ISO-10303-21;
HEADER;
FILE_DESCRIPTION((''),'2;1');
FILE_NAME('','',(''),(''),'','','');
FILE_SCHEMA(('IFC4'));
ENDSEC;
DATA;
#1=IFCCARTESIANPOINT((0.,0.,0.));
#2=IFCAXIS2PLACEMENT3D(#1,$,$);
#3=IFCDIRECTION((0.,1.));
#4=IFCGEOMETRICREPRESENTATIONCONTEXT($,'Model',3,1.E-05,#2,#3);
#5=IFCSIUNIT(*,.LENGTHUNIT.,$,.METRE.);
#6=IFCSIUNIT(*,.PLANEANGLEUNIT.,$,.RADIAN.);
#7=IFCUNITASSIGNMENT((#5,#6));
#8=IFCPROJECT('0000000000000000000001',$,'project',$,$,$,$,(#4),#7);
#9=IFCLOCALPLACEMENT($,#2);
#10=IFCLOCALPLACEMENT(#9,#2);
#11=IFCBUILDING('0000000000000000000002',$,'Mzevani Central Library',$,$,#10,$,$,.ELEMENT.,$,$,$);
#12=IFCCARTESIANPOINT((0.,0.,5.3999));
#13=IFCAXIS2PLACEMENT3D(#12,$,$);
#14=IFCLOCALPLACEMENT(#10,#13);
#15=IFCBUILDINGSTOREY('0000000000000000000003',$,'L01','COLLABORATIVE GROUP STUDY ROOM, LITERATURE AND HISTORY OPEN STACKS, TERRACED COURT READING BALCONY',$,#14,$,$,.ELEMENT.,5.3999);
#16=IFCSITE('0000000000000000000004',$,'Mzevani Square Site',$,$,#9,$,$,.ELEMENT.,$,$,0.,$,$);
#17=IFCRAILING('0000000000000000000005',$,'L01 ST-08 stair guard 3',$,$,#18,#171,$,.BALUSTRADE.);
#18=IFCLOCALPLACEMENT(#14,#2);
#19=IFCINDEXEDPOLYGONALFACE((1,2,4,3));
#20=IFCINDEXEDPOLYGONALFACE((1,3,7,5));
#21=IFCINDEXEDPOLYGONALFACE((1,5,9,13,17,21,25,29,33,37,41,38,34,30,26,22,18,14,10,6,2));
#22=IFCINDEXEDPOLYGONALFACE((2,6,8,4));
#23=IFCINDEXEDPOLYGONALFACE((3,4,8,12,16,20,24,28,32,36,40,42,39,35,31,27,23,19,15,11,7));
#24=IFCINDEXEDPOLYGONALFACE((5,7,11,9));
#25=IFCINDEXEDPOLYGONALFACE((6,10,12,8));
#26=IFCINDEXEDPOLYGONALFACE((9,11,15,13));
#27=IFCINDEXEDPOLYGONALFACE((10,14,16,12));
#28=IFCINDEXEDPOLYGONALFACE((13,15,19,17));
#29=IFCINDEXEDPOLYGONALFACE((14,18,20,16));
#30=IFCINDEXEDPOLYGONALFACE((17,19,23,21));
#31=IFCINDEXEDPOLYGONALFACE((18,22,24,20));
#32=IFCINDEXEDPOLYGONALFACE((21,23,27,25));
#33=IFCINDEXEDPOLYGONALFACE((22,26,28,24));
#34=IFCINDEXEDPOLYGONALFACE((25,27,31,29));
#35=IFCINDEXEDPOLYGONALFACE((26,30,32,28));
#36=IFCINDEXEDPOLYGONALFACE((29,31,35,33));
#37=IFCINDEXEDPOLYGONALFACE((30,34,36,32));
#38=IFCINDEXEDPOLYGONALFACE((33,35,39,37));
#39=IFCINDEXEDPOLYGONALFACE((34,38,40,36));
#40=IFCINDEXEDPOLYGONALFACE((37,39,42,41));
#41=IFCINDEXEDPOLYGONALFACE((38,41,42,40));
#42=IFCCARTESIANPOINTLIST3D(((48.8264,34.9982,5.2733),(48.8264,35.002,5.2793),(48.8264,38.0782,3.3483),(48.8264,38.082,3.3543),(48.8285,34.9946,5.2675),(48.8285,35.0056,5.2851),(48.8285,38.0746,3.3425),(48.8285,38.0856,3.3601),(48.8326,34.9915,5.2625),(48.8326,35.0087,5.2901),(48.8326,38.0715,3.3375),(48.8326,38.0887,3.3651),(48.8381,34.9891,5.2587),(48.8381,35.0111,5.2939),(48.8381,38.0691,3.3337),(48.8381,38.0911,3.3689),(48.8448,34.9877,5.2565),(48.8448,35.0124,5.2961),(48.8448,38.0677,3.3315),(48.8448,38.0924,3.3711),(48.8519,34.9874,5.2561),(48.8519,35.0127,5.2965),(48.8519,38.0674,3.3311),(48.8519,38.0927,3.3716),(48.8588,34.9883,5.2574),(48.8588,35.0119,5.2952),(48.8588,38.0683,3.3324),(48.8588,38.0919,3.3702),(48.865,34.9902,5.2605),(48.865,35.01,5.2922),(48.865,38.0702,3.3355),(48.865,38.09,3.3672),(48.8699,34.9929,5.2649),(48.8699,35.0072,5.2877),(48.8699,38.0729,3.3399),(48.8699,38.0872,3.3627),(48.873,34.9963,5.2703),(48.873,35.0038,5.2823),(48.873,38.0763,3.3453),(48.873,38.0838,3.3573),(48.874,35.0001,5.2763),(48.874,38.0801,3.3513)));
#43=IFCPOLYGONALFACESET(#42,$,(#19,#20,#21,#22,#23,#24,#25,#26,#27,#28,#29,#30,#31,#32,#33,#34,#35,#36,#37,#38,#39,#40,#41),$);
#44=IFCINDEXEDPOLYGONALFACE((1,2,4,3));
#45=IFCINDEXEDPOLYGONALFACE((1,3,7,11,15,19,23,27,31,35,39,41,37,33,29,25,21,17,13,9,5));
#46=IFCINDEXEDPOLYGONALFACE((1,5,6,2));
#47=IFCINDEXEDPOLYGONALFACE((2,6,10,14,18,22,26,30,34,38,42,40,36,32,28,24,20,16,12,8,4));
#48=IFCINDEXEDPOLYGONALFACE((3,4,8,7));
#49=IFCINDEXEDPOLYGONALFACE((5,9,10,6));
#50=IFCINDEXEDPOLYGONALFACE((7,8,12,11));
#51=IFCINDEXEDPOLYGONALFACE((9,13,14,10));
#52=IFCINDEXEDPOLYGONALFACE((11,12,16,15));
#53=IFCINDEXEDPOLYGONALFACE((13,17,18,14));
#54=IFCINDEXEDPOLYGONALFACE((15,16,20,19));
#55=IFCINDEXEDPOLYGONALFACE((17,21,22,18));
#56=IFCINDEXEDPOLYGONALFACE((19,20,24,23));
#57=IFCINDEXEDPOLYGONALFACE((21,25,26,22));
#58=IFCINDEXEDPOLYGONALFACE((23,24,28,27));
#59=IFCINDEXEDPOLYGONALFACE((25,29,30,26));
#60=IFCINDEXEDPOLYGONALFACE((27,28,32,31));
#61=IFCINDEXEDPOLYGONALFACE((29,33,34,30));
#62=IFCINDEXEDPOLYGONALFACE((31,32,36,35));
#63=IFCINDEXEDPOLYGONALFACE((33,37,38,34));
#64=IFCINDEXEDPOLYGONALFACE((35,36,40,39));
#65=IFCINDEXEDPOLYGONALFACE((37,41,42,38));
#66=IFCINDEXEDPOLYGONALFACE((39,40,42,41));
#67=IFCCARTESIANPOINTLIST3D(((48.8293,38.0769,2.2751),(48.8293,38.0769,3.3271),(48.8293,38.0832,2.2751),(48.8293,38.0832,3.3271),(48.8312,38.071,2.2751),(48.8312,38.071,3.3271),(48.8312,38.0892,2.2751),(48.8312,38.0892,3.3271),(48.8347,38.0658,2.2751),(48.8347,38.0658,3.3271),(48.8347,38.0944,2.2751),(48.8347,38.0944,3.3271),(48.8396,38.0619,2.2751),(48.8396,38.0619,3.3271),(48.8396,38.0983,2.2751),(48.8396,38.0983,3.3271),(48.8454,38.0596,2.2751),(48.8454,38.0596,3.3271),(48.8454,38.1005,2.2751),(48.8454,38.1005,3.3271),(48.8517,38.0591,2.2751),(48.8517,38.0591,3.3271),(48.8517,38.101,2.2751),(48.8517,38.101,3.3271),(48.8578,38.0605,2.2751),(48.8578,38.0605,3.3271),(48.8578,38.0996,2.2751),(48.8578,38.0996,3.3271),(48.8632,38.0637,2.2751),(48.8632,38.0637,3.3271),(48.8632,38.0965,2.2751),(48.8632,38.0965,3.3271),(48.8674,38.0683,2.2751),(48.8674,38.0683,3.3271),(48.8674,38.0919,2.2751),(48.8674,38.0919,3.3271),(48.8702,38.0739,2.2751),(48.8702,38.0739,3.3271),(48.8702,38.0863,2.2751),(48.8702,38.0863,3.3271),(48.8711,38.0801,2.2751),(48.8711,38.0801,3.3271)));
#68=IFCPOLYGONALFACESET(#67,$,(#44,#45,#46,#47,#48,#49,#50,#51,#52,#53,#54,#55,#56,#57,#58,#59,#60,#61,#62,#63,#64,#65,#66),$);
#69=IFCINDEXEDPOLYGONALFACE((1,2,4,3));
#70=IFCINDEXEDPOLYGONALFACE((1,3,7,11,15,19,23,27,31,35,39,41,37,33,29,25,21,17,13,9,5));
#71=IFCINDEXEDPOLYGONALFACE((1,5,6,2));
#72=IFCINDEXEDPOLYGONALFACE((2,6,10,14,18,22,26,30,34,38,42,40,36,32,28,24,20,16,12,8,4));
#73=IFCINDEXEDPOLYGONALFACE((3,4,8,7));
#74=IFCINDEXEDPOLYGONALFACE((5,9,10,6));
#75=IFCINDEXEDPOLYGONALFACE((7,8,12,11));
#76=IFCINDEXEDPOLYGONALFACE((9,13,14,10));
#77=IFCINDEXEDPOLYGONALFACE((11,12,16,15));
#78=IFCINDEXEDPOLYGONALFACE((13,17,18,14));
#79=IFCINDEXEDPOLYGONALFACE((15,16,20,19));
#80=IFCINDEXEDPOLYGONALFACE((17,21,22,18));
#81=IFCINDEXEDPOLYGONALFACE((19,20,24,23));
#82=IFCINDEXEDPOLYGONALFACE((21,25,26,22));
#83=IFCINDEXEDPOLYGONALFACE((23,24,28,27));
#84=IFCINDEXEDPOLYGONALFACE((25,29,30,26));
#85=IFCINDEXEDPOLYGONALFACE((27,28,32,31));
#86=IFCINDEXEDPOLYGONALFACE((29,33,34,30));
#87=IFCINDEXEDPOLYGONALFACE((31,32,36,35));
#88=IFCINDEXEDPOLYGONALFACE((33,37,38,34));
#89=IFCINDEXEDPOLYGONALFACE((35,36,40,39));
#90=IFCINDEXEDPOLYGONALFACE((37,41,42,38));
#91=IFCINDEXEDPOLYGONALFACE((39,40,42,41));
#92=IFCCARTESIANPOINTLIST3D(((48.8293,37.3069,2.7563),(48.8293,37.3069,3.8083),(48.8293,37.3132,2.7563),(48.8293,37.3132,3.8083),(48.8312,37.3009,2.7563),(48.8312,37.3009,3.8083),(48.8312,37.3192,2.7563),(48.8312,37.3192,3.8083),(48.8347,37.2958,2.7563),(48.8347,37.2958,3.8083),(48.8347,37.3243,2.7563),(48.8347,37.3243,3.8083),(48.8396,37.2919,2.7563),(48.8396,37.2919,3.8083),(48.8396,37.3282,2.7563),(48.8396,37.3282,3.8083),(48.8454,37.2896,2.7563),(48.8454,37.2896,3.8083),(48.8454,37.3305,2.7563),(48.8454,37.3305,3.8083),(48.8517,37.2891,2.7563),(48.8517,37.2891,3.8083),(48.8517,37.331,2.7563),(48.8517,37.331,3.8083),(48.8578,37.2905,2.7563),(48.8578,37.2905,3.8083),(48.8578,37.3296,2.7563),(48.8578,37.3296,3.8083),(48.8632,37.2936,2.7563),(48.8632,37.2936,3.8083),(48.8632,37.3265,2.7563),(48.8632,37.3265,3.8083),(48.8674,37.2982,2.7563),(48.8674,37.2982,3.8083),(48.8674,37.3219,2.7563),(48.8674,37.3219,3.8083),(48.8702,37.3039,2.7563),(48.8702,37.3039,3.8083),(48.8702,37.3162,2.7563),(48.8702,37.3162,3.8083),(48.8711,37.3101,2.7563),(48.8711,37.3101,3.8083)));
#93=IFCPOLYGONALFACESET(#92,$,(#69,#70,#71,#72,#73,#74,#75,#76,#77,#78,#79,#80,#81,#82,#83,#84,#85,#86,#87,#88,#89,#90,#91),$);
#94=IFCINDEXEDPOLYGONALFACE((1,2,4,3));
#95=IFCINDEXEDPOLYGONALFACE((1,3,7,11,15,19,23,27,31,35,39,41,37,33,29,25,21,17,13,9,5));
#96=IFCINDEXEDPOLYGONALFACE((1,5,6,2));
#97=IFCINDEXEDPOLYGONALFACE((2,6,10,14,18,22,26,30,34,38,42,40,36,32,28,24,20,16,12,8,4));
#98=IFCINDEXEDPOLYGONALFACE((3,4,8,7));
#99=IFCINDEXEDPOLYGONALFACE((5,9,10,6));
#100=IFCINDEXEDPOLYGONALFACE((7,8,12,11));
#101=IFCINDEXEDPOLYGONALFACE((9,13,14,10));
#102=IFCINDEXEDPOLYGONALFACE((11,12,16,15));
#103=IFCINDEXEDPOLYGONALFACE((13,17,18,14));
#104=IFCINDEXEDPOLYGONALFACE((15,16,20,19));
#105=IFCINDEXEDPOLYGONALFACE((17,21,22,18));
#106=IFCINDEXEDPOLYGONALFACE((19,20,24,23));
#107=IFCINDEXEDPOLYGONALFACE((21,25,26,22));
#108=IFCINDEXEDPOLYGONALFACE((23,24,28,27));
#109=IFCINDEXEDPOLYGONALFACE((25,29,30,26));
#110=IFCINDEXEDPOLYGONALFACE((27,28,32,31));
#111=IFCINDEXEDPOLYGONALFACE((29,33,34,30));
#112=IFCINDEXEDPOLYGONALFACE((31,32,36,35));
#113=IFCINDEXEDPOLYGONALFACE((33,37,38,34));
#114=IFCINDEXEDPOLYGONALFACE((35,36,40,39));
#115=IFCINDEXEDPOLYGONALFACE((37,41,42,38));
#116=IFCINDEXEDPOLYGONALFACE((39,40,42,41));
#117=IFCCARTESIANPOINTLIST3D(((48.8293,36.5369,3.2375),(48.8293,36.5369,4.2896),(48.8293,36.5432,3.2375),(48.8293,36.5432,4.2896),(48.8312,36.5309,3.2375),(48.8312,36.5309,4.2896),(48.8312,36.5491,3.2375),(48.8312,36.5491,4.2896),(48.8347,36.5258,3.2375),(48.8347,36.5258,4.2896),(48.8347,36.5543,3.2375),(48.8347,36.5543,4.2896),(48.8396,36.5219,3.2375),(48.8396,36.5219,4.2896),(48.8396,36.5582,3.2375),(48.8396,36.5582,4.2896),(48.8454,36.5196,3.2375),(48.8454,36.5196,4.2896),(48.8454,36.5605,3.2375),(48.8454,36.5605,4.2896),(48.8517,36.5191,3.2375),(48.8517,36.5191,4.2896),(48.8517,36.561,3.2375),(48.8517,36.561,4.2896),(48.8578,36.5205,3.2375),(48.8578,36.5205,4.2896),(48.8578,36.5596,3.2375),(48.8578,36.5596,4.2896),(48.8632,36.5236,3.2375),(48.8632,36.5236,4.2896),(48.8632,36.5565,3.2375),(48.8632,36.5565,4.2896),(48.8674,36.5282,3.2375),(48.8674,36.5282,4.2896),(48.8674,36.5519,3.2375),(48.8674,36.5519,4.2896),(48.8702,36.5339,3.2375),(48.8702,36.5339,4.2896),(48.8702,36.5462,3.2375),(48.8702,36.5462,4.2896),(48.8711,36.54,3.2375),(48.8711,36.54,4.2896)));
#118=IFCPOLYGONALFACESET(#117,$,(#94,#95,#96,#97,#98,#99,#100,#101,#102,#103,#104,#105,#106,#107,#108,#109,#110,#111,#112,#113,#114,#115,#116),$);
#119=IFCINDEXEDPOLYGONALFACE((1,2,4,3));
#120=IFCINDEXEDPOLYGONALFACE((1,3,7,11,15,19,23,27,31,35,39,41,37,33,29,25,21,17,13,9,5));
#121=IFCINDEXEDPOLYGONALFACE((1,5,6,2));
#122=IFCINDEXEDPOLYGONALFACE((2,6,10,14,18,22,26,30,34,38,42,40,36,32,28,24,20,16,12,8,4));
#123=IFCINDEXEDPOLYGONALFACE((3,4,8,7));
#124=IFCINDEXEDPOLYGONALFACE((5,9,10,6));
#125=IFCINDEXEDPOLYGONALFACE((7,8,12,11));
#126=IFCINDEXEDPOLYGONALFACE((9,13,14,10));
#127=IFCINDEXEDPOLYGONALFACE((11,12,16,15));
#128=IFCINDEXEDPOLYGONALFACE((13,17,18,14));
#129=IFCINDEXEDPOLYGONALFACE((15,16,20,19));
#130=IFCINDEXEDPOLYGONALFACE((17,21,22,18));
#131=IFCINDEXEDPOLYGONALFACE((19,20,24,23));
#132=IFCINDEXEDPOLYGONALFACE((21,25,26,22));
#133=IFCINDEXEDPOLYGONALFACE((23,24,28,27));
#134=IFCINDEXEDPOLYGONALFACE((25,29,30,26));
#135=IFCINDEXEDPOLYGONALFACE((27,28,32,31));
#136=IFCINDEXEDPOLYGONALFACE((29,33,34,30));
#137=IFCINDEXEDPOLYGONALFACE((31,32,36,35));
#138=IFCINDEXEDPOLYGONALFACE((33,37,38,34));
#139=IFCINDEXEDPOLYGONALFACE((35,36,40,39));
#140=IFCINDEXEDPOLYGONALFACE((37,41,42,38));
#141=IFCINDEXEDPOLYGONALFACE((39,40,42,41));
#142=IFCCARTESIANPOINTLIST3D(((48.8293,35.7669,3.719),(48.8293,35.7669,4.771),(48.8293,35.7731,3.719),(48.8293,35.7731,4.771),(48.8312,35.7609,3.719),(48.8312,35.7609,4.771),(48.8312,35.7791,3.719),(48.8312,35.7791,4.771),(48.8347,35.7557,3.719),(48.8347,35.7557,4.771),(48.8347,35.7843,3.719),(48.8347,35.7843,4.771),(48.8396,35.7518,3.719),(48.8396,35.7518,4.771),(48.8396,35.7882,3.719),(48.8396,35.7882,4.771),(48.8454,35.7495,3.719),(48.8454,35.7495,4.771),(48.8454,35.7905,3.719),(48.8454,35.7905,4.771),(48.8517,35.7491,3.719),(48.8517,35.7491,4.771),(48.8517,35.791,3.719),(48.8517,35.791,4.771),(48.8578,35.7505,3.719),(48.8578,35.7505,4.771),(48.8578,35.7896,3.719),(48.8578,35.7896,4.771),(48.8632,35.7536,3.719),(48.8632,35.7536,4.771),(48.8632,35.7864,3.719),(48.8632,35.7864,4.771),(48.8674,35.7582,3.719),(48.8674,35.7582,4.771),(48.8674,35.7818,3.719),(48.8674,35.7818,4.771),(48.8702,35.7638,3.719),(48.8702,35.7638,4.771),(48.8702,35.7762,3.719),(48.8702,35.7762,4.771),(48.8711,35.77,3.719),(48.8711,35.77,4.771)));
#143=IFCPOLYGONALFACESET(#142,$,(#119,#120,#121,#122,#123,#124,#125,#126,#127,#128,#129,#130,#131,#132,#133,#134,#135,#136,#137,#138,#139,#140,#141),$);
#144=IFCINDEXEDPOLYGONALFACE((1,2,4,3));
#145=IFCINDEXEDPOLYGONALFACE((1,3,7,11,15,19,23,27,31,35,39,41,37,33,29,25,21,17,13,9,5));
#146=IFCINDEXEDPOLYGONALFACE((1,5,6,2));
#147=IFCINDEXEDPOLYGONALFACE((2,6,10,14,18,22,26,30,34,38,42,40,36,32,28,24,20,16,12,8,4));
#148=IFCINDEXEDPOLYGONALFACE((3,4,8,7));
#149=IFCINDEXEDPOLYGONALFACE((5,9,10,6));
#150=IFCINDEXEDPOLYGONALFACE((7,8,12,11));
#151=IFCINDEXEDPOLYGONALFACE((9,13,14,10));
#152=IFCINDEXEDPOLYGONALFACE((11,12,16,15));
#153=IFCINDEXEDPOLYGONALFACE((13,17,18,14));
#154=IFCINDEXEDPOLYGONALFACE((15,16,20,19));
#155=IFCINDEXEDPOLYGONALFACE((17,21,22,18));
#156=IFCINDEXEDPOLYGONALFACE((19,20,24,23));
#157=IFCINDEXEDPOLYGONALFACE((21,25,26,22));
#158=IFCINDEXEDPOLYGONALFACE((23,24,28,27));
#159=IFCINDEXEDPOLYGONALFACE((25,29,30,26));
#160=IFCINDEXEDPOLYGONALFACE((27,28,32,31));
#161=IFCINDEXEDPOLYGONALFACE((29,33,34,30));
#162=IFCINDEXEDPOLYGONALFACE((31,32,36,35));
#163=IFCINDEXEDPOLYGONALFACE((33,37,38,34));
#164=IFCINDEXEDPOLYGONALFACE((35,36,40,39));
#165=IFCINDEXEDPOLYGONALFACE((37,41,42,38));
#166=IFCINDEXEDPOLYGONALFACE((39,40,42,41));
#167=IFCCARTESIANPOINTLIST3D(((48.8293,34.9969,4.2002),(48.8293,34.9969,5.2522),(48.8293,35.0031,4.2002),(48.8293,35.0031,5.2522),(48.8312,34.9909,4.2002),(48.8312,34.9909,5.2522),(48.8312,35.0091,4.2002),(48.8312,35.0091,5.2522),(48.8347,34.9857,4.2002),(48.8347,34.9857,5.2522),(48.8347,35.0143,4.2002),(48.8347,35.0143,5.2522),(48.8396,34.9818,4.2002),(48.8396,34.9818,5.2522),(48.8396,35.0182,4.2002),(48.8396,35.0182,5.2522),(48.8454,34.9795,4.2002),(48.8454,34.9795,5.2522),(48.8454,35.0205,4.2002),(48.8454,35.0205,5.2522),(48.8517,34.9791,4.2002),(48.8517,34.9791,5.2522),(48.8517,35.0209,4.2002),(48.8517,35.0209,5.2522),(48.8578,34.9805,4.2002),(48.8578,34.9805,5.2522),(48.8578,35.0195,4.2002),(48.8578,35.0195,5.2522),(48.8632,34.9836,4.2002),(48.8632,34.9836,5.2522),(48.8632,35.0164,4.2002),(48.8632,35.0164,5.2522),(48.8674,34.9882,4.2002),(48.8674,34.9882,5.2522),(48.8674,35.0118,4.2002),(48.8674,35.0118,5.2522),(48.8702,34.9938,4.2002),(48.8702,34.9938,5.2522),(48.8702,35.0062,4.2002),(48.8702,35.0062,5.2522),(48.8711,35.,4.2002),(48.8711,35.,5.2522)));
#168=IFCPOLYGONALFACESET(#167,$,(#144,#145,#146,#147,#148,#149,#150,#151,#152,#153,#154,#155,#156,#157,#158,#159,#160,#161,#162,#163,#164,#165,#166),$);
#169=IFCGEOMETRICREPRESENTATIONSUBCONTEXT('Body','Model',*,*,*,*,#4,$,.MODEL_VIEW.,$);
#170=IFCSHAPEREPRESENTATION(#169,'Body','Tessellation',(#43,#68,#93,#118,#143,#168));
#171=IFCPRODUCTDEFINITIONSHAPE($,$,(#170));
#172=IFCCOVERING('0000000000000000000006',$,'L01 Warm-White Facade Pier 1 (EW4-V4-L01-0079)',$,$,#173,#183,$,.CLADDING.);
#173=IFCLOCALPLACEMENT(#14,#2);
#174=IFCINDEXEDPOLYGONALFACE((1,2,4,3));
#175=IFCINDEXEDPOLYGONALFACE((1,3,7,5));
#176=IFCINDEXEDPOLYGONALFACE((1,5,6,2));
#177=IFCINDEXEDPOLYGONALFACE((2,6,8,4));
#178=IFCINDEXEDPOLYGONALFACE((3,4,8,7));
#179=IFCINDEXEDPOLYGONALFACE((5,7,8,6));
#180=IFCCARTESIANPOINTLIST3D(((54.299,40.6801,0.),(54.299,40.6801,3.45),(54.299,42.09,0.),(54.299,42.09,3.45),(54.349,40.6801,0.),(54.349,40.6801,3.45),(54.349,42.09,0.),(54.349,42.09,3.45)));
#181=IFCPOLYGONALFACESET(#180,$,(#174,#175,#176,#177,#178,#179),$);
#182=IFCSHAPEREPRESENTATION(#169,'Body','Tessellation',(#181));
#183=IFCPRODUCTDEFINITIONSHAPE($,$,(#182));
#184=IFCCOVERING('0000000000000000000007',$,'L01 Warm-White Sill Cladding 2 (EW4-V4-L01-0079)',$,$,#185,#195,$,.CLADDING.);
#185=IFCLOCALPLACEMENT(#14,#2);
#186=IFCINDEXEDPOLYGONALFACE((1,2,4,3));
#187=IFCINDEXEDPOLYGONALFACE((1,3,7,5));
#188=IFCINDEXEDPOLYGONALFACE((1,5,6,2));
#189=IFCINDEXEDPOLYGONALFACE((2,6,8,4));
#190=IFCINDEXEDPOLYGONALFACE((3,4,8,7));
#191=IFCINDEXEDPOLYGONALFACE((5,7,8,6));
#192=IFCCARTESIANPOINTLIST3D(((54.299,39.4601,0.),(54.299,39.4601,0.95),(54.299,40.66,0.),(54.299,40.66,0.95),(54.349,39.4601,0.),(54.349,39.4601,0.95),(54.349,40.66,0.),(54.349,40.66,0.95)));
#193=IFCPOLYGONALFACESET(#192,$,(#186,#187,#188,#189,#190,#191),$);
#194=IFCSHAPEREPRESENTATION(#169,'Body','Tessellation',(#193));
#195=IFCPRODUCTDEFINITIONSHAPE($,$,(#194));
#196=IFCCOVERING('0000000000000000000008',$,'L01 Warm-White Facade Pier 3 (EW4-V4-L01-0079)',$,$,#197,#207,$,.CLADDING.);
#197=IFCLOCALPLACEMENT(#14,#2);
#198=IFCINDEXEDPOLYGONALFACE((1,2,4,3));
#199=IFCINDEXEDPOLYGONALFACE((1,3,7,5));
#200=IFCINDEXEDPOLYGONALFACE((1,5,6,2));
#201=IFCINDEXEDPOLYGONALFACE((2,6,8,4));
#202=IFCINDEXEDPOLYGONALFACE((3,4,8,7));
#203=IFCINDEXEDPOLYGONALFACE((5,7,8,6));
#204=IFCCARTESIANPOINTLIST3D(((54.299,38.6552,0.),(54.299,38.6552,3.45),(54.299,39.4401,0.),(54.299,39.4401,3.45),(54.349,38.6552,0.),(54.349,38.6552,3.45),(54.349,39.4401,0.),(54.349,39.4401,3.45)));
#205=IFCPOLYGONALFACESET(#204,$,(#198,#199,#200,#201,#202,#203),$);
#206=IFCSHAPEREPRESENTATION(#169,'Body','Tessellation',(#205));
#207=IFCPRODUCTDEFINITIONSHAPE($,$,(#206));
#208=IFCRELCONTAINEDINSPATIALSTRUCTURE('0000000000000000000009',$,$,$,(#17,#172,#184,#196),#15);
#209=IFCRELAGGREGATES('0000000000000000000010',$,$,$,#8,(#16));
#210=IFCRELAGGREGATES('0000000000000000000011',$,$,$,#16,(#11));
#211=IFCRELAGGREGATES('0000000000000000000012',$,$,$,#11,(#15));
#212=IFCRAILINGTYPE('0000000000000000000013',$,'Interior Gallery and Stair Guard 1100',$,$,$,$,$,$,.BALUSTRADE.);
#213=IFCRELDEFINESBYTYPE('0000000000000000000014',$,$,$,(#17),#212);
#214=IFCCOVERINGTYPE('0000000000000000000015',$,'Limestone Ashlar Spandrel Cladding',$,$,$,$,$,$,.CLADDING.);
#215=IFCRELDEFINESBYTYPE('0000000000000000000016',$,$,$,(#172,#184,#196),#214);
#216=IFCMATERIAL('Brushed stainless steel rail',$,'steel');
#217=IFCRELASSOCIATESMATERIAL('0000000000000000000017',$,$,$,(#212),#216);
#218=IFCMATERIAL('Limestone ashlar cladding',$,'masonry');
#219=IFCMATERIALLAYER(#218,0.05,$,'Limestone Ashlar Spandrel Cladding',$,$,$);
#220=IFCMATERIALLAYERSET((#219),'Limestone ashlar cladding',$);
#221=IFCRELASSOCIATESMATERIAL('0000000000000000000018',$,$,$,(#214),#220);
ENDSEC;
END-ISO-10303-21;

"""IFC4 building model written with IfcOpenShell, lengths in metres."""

from ifc_helpers import new_model, si_unit, direction, frame, origin, origin_2d, place, context, subcontext, project, spatial, rectangle, circle, extrude, material, layer, layer_set, type_object, element, save


model = new_model("IFC4")

# Units and contexts
model_context = context("Model", 3, precision=1e-05, world=origin(), true_north=direction((0.0, 1.0)))
body_context = subcontext(model_context, "Body", "Model", "MODEL_VIEW")
ifc_project = project(units=[si_unit("LENGTHUNIT", "METRE"), si_unit("PLANEANGLEUNIT", "RADIAN")], contexts=[model_context])

# Site, building, storey
site_placement = place(None, origin())
site = spatial("IfcSite", under=ifc_project, at=site_placement, Name="Mzevani Square Site", CompositionType="ELEMENT", RefElevation=0.0)
building_placement = place(site_placement, origin())
building = spatial("IfcBuilding", under=site, at=building_placement, Name="Mzevani Central Library", CompositionType="ELEMENT")
storey_placement = place(building_placement, frame((0.0, 0.0, 5.3999)))
storey = spatial("IfcBuildingStorey", under=building, at=storey_placement, Name="L01", Description="COLLABORATIVE GROUP STUDY ROOM, LITERATURE AND HISTORY OPEN STACKS, TERRACED COURT READING BALCONY", CompositionType="ELEMENT", Elevation=5.3999)

# Railing
ifc_material_1 = material(Name="Brushed stainless steel rail", Category="steel")
railing_type_1 = type_object("IfcRailingType", Name="Interior Gallery and Stair Guard 1100", PredefinedType="BALUSTRADE", material=ifc_material_1)
railing_1_placement = place(storey_placement, frame((48.8501, 38.0801, 2.2751)))
element("IfcRailing", 1, at=railing_1_placement, inside=storey, type_object=railing_type_1, Name="L01 ST-08 stair guard 3", PredefinedType="BALUSTRADE", context=body_context, shape_type="SweptSolid", body=[
    extrude(circle(Radius=0.0239, at=origin_2d()), frame((0.0, 0.0, 1.0762), z_axis=(0.0, -0.847998, 0.529999), x_axis=(1.0, 0.0, 0.0)), (0.0, 0.0, 1.0), 3.6321),
    extrude(circle(Radius=0.021, at=origin_2d()), origin(), (0.0, 0.0, 1.0), 1.052),
    extrude(circle(Radius=0.021, at=origin_2d()), frame((0.0, -0.77, 0.4812)), (0.0, 0.0, 1.0), 1.052),
    extrude(circle(Radius=0.021, at=origin_2d()), frame((0.0, -1.54, 0.9624)), (0.0, 0.0, 1.0), 1.052),
    extrude(circle(Radius=0.021, at=origin_2d()), frame((0.0, -2.3101, 1.4438)), (0.0, 0.0, 1.0), 1.052),
    extrude(circle(Radius=0.021, at=origin_2d()), frame((0.0, -3.0801, 1.925)), (0.0, 0.0, 1.0), 1.052),
])

# Coverings
ifc_material_2 = material(Name="Limestone ashlar cladding", Category="masonry")
ifc_layer_1 = layer(ifc_material_2, 0.05, Name="Limestone Ashlar Spandrel Cladding")
ifc_layer_set_1 = layer_set([ifc_layer_1], Name="Limestone ashlar cladding")
covering_type = type_object("IfcCoveringType", Name="Limestone Ashlar Spandrel Cladding", PredefinedType="CLADDING", material=ifc_layer_set_1)
covering_1_placement = place(storey_placement, frame((54.324, 41.385, 0.0), z_axis=(0.0, 0.0, 1.0), x_axis=(0.0, -1.0, 0.0)))
element("IfcCovering", 2, at=covering_1_placement, inside=storey, type_object=covering_type, Name="L01 Warm-White Facade Pier 1 (EW4-V4-L01-0079)", PredefinedType="CLADDING", context=body_context, shape_type="SweptSolid", body=[
    extrude(rectangle(XDim=1.4099, YDim=0.05, at=origin_2d()), origin(), (0.0, 0.0, 1.0), 3.45),
])
covering_2_placement = place(storey_placement, frame((54.324, 40.0601, 0.0), z_axis=(0.0, 0.0, 1.0), x_axis=(0.0, -1.0, 0.0)))
element("IfcCovering", 3, at=covering_2_placement, inside=storey, type_object=covering_type, Name="L01 Warm-White Sill Cladding 2 (EW4-V4-L01-0079)", PredefinedType="CLADDING", context=body_context, shape_type="SweptSolid", body=[
    extrude(rectangle(XDim=1.2, YDim=0.05, at=origin_2d()), origin(), (0.0, 0.0, 1.0), 0.95),
])
covering_3_placement = place(storey_placement, frame((54.324, 39.0476, 0.0), z_axis=(0.0, 0.0, 1.0), x_axis=(0.0, -1.0, 0.0)))
element("IfcCovering", 4, at=covering_3_placement, inside=storey, type_object=covering_type, Name="L01 Warm-White Facade Pier 3 (EW4-V4-L01-0079)", PredefinedType="CLADDING", context=body_context, shape_type="SweptSolid", body=[
    extrude(rectangle(XDim=0.7849, YDim=0.05, at=origin_2d()), origin(), (0.0, 0.0, 1.0), 3.45),
])

save(model, "model.ifc")
